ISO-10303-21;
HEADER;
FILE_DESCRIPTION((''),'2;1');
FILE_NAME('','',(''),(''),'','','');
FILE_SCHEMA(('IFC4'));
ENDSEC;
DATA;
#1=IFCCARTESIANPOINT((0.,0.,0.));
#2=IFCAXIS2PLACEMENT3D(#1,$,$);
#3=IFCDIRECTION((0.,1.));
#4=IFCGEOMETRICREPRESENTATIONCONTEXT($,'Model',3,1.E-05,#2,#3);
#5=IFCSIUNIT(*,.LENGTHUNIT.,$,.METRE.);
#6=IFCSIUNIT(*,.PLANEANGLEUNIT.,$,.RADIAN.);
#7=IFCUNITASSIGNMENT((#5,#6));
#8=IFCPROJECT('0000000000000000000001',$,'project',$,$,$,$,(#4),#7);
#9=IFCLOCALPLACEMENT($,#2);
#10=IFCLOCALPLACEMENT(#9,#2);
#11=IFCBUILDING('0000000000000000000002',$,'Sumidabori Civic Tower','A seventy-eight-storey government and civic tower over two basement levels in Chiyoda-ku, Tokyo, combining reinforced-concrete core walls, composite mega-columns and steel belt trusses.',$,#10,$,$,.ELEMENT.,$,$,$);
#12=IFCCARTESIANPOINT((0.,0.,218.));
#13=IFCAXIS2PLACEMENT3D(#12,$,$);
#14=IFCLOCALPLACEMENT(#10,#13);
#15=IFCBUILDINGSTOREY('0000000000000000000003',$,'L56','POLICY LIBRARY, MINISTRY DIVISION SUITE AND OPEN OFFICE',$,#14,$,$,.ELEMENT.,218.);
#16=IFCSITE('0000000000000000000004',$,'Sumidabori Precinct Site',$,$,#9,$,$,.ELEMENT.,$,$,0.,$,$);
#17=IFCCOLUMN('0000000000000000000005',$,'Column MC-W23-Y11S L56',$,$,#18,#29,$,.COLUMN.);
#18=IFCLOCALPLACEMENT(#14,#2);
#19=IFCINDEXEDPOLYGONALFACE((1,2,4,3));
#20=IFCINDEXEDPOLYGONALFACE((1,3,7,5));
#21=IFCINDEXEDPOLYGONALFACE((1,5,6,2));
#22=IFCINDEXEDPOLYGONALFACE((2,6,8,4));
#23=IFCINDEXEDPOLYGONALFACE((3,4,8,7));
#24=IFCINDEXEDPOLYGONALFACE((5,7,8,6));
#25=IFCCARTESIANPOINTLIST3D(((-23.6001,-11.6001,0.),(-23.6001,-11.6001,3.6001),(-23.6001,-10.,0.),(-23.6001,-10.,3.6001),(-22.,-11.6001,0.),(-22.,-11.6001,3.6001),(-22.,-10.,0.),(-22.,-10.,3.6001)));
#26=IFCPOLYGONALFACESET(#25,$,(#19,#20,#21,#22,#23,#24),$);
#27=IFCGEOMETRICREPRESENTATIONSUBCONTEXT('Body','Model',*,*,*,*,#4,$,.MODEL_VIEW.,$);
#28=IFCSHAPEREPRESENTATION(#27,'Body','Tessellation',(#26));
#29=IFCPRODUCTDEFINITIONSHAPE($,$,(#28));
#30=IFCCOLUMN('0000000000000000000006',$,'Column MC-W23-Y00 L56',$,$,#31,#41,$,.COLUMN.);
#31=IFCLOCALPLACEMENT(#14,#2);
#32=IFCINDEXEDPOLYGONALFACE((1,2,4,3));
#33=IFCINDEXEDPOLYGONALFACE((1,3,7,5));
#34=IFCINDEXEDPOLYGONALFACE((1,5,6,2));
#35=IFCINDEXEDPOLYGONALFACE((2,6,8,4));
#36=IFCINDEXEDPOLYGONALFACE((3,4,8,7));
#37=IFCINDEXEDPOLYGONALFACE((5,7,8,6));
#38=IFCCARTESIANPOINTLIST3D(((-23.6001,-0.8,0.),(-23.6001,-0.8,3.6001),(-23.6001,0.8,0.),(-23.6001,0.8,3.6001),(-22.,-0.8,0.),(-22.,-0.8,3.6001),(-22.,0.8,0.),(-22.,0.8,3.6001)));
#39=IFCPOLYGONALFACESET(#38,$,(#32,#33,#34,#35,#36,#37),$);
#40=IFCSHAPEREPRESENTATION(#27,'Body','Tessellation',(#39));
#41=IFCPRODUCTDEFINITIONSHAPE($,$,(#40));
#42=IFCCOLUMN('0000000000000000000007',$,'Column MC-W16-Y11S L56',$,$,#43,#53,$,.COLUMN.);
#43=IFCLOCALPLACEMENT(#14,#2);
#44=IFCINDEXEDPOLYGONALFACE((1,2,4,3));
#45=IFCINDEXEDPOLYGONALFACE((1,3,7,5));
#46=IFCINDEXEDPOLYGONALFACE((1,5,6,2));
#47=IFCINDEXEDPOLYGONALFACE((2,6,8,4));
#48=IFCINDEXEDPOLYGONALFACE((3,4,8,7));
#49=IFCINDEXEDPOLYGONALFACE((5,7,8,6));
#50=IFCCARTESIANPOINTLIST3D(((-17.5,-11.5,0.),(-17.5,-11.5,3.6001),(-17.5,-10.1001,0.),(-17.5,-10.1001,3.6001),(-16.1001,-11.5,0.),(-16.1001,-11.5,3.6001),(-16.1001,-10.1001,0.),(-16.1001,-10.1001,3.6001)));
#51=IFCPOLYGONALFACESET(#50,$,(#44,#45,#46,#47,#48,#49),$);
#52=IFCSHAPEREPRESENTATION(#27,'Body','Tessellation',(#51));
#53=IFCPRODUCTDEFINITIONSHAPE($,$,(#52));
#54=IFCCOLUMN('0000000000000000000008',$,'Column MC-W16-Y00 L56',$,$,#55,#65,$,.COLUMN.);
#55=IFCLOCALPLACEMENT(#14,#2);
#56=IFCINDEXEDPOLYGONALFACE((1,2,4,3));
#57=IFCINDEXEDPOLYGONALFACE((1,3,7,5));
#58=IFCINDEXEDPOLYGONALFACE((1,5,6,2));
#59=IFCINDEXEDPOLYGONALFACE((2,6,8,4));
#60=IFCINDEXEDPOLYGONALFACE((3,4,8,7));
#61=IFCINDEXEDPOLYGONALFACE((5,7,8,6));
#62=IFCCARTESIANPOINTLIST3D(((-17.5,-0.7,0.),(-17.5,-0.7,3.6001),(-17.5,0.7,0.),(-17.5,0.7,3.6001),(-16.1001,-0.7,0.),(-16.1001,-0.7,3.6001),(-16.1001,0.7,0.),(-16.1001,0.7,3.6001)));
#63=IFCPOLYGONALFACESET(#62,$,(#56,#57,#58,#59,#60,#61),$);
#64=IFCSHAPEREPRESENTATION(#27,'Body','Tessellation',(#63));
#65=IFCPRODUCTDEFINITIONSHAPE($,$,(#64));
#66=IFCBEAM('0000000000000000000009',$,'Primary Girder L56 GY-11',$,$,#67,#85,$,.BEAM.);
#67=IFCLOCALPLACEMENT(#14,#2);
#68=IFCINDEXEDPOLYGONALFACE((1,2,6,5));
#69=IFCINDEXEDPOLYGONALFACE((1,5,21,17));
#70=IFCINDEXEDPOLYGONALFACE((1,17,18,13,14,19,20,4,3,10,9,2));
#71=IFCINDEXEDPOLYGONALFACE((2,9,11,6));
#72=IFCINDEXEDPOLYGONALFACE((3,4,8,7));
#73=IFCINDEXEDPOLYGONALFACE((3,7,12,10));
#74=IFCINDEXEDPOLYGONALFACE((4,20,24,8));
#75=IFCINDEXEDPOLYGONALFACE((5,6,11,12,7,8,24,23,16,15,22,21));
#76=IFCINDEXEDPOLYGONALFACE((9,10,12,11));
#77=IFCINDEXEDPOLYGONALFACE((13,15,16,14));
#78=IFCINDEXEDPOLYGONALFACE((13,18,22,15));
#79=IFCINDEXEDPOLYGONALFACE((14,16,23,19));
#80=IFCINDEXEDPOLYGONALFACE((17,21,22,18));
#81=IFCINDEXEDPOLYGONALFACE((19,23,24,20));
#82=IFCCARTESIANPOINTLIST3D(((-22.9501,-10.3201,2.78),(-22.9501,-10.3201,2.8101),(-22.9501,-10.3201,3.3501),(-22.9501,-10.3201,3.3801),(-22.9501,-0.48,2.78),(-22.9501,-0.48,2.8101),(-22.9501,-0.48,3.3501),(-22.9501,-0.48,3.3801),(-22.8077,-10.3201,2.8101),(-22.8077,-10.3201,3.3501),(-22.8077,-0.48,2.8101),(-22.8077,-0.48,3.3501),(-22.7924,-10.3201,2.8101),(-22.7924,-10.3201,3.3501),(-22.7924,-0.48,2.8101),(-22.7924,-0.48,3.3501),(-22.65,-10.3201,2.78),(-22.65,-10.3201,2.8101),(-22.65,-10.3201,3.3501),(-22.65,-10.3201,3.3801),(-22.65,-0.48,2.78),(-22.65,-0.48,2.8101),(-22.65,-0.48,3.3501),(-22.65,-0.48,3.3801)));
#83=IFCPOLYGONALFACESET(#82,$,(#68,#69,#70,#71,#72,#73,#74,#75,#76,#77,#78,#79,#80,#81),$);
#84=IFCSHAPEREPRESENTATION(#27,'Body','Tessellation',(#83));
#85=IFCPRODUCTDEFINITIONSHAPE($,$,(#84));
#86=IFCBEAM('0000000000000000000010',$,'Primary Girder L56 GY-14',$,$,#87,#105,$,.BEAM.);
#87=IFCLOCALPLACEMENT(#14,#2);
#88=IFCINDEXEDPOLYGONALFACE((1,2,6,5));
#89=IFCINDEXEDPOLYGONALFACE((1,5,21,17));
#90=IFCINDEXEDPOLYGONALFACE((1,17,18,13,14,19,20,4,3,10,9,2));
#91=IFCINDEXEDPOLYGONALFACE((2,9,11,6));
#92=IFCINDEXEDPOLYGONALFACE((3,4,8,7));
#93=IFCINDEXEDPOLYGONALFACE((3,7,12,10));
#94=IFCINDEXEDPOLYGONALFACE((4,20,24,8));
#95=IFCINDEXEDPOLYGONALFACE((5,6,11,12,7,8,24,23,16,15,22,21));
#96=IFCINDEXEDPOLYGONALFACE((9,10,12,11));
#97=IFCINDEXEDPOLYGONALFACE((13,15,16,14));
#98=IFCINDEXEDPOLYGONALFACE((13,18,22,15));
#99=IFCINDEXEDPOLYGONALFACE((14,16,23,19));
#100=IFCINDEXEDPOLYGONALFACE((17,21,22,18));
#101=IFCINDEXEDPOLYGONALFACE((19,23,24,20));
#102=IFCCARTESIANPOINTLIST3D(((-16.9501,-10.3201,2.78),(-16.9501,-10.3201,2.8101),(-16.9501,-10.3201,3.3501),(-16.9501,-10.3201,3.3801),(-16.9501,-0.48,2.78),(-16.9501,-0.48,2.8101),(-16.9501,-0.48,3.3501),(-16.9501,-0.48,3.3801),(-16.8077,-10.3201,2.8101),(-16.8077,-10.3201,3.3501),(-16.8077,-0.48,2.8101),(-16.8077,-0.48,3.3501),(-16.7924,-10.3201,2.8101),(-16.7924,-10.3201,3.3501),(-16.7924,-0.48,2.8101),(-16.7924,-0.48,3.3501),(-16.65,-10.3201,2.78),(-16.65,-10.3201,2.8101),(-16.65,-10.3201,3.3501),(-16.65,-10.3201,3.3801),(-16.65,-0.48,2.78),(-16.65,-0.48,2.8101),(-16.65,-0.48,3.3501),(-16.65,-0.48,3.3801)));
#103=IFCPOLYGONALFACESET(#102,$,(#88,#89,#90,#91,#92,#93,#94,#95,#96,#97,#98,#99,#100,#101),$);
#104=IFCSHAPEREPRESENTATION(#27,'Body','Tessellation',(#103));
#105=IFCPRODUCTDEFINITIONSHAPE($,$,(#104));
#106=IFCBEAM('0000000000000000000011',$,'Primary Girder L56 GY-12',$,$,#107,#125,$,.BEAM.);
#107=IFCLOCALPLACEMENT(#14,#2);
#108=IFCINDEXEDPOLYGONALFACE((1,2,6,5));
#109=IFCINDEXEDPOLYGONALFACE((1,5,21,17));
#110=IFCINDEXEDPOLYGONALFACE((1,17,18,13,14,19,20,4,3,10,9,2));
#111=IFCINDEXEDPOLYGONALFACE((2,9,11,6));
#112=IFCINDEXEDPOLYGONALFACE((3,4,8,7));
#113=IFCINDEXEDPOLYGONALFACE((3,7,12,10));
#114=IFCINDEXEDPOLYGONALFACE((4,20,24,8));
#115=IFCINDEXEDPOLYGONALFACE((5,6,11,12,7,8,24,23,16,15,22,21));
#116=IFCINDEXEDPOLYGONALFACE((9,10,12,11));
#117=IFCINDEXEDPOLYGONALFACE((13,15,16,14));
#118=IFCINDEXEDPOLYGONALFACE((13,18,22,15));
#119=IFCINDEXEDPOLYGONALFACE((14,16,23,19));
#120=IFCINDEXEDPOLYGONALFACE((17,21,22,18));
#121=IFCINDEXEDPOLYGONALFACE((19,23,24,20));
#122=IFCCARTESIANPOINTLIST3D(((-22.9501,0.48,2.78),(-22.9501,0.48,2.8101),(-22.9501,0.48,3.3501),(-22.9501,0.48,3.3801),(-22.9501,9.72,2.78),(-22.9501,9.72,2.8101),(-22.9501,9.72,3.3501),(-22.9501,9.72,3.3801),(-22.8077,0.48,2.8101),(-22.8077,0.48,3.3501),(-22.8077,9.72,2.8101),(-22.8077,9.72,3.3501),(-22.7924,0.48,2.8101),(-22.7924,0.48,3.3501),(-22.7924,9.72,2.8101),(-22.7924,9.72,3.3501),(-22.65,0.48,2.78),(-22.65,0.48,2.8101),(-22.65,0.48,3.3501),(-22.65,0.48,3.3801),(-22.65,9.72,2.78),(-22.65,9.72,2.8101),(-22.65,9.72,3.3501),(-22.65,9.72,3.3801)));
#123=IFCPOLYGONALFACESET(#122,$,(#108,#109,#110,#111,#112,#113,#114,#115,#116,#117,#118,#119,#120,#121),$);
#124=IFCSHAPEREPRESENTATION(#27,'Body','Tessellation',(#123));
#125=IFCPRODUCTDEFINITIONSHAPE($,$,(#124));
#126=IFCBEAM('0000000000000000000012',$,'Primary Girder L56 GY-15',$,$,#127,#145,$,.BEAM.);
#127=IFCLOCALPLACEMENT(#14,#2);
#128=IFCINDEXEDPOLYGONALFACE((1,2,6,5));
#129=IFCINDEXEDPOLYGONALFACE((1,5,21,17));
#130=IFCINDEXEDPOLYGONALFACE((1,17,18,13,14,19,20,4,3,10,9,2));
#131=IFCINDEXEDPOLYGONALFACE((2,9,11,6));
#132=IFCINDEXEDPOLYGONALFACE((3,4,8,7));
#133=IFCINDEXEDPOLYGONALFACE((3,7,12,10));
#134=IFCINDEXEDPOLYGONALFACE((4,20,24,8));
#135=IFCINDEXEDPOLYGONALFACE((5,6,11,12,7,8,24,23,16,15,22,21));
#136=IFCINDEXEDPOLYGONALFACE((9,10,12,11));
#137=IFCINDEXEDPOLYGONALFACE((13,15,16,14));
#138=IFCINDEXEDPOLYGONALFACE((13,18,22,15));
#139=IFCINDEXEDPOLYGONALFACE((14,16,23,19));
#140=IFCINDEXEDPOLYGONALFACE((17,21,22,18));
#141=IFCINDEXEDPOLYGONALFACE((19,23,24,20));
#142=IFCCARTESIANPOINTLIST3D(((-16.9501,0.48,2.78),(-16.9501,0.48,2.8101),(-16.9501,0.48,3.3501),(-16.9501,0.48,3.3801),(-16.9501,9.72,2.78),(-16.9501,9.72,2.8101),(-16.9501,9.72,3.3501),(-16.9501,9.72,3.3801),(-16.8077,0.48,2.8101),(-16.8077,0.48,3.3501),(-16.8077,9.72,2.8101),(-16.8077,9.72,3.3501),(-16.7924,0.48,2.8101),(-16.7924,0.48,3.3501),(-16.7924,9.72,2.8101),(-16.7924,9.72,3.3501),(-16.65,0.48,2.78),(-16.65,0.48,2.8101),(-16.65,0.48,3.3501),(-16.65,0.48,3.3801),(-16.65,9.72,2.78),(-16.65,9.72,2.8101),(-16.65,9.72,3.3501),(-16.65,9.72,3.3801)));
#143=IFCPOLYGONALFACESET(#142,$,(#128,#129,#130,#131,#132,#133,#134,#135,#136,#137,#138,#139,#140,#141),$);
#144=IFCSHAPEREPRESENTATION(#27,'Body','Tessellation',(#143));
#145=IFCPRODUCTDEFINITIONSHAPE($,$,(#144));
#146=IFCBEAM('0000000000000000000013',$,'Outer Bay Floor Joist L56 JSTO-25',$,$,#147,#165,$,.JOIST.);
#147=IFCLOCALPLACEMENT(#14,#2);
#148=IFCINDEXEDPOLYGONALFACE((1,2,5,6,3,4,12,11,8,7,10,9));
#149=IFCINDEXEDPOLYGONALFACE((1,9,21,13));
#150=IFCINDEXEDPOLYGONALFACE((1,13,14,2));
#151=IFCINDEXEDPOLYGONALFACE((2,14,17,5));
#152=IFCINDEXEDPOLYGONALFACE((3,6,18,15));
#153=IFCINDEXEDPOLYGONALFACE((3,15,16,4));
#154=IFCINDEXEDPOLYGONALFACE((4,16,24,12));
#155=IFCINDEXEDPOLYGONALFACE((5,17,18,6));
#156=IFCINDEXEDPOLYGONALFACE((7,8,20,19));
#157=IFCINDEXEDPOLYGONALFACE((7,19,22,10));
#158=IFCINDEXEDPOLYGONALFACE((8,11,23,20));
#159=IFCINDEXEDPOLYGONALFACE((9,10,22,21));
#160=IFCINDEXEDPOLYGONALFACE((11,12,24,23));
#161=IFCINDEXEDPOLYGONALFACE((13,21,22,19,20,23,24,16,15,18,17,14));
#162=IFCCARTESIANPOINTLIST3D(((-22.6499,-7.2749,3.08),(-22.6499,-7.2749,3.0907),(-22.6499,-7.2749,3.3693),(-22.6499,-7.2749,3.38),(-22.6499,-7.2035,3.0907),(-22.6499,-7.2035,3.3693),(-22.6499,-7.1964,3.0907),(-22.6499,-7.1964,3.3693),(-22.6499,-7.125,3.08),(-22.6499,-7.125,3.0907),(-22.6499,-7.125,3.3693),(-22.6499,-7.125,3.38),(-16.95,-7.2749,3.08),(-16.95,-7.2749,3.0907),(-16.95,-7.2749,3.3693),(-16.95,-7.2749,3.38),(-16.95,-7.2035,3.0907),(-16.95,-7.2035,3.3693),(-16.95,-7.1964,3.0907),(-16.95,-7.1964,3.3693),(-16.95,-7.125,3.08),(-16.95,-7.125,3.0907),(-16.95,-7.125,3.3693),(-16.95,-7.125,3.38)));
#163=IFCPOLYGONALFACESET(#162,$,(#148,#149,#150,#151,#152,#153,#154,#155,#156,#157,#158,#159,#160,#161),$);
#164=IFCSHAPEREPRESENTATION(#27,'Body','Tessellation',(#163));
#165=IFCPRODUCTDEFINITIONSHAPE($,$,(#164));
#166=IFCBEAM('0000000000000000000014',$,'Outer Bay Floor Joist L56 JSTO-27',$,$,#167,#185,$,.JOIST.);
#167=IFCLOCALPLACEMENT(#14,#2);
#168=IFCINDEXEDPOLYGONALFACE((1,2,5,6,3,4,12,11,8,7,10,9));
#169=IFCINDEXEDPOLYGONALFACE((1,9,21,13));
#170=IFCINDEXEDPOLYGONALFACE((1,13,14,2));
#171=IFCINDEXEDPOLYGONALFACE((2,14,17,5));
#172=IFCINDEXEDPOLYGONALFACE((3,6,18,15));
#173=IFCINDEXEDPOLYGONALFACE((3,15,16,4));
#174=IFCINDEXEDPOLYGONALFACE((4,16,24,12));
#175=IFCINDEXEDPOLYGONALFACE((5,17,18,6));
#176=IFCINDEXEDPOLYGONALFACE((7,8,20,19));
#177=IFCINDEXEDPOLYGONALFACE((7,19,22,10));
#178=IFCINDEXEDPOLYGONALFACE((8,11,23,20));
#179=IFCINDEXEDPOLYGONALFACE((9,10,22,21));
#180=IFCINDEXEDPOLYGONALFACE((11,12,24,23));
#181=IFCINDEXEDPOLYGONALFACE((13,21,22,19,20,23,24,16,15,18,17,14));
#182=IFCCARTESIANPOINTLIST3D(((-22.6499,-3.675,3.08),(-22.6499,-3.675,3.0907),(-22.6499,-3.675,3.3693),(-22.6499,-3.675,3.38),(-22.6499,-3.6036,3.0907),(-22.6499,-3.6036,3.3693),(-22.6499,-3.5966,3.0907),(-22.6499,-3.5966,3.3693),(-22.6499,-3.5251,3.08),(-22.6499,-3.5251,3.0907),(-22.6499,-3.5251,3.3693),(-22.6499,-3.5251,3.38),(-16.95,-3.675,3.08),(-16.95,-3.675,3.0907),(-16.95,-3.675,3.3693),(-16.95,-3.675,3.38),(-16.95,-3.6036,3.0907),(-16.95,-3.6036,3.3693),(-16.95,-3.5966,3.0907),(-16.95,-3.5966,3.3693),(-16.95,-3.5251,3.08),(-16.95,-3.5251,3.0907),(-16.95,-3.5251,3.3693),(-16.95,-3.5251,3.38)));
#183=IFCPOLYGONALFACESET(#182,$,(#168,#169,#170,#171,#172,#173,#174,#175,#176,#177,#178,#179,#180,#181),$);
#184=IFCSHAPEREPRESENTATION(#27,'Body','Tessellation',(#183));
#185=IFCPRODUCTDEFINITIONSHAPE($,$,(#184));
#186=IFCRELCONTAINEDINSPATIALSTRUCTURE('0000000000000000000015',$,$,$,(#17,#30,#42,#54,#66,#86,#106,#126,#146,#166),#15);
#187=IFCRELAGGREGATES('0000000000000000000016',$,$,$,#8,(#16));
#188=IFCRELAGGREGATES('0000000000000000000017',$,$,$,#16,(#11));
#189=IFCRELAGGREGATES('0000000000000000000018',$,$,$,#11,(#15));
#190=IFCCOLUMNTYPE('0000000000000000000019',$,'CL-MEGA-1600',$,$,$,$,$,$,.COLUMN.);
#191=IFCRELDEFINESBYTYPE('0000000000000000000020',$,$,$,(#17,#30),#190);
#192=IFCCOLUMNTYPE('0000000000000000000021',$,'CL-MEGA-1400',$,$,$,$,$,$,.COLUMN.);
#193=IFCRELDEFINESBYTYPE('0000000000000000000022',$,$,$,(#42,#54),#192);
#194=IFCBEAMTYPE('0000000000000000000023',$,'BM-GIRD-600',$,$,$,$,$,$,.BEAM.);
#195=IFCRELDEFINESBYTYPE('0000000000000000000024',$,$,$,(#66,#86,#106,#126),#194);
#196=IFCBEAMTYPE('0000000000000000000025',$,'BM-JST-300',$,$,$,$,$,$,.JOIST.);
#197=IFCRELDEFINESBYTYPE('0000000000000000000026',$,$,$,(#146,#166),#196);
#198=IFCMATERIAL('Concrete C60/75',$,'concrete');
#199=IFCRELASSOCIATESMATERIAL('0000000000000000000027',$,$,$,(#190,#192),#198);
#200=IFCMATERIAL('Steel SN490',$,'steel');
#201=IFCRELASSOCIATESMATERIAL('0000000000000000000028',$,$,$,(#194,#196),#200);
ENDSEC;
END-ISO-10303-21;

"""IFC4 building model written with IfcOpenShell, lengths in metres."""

from ifc_helpers import new_model, si_unit, direction, frame, origin, origin_2d, place, context, subcontext, project, spatial, rectangle, i_section, extrude, source, transform, mapped, material, material_profile, profile_set, type_object, element, save


model = new_model("IFC4")

# Units and contexts
model_context = context("Model", 3, precision=1e-05, world=origin(), true_north=direction((0.0, 1.0)))
body_context = subcontext(model_context, "Body", "Model", "MODEL_VIEW")
ifc_project = project(units=[si_unit("LENGTHUNIT", "METRE"), si_unit("PLANEANGLEUNIT", "RADIAN")], contexts=[model_context])

# Site, building, storey
site_placement = place(None, origin())
site = spatial("IfcSite", under=ifc_project, at=site_placement, Name="Sumidabori Precinct Site", CompositionType="ELEMENT", RefElevation=0.0)
building_placement = place(site_placement, origin())
building = spatial("IfcBuilding", under=site, at=building_placement, Name="Sumidabori Civic Tower", Description="A seventy-eight-storey government and civic tower over two basement levels in Chiyoda-ku, Tokyo, combining reinforced-concrete core walls, composite mega-columns and steel belt trusses.", CompositionType="ELEMENT")
storey_placement = place(building_placement, frame((0.0, 0.0, 218.0)))
storey = spatial("IfcBuildingStorey", under=building, at=storey_placement, Name="L56", Description="POLICY LIBRARY, MINISTRY DIVISION SUITE AND OPEN OFFICE", CompositionType="ELEMENT", Elevation=218.0)

# Columns
ifc_material_1 = material(Name="Concrete C60/75", Category="concrete")
ifc_material_profile_1 = material_profile(ifc_material_1, rectangle(XDim=1.6001, YDim=1.6001, at=origin_2d()), Name="RC 1600x1600")
ifc_profile_set_1 = profile_set([ifc_material_profile_1], Name="Concrete C60/75")
column_type_1 = type_object("IfcColumnType", Name="CL-MEGA-1600", PredefinedType="COLUMN", material=ifc_profile_set_1)
shared_shape_1 = source(origin(), body_context, "Body", "SweptSolid", [
    extrude(rectangle(XDim=1.6001, YDim=1.6001, at=origin_2d()), origin(), (0.0, 0.0, 1.0), 3.6001),
])
for number, where, z_axis, x_axis, name in (
    (1, (-22.8, -10.8, 0.0), (0.0, 0.0, 1.0), (1.0, 0.0, 0.0), "Column MC-W23-Y11S L56"),
    (2, (-22.8, 0.0, 0.0), (0.0, 0.0, 1.0), (1.0, 0.0, 0.0), "Column MC-W23-Y00 L56"),
):
    element("IfcColumn", number, at=place(storey_placement, frame(where, z_axis=z_axis, x_axis=x_axis)), inside=storey, type_object=column_type_1, Name=name, PredefinedType="COLUMN", context=body_context, shape_type="MappedRepresentation", body=[
        mapped(shared_shape_1, transform((0.0, 0.0, 0.0), x_axis=(1.0, 0.0, 0.0), y_axis=(0.0, 1.0, 0.0), z_axis=(0.0, 0.0, 1.0), scale=1.0)),
    ])
ifc_material_profile_2 = material_profile(ifc_material_1, rectangle(XDim=1.3999, YDim=1.3999, at=origin_2d()), Name="RC 1400x1400")
ifc_profile_set_2 = profile_set([ifc_material_profile_2], Name="Concrete C60/75")
column_type_2 = type_object("IfcColumnType", Name="CL-MEGA-1400", PredefinedType="COLUMN", material=ifc_profile_set_2)
shared_shape_2 = source(origin(), body_context, "Body", "SweptSolid", [
    extrude(rectangle(XDim=1.3999, YDim=1.3999, at=origin_2d()), origin(), (0.0, 0.0, 1.0), 3.6001),
])
for number, where, z_axis, x_axis, name in (
    (3, (-16.8, -10.8, 0.0), (0.0, 0.0, 1.0), (1.0, 0.0, 0.0), "Column MC-W16-Y11S L56"),
    (4, (-16.8, 0.0, 0.0), (0.0, 0.0, 1.0), (1.0, 0.0, 0.0), "Column MC-W16-Y00 L56"),
):
    element("IfcColumn", number, at=place(storey_placement, frame(where, z_axis=z_axis, x_axis=x_axis)), inside=storey, type_object=column_type_2, Name=name, PredefinedType="COLUMN", context=body_context, shape_type="MappedRepresentation", body=[
        mapped(shared_shape_2, transform((0.0, 0.0, 0.0), x_axis=(1.0, 0.0, 0.0), y_axis=(0.0, 1.0, 0.0), z_axis=(0.0, 0.0, 1.0), scale=1.0)),
    ])

# Beams
ifc_material_2 = material(Name="Steel SN490", Category="steel")
ifc_material_profile_3 = material_profile(ifc_material_2, i_section(OverallWidth=0.3, OverallDepth=0.6001, WebThickness=0.0154, FlangeThickness=0.03, at=origin_2d()), Name="HE 600 B")
ifc_profile_set_3 = profile_set([ifc_material_profile_3], Name="Steel SN490")
beam_type_1 = type_object("IfcBeamType", Name="BM-GIRD-600", PredefinedType="BEAM", material=ifc_profile_set_3)
shared_shape_3 = source(origin(), body_context, "Body", "SweptSolid", [
    extrude(i_section(OverallWidth=0.3, OverallDepth=0.6001, WebThickness=0.0154, FlangeThickness=0.03, at=origin_2d()), origin(), (0.0, 0.0, 1.0), 9.8401),
])
for number, where, z_axis, x_axis, name in (
    (5, (-22.8, -10.3201, 3.0801), (0.0, 1.0, 0.0), (-1.0, 0.0, 0.0), "Primary Girder L56 GY-11"),
    (6, (-16.8, -10.3201, 3.0801), (0.0, 1.0, 0.0), (-1.0, 0.0, 0.0), "Primary Girder L56 GY-14"),
):
    element("IfcBeam", number, at=place(storey_placement, frame(where, z_axis=z_axis, x_axis=x_axis)), inside=storey, type_object=beam_type_1, Name=name, PredefinedType="BEAM", context=body_context, shape_type="MappedRepresentation", body=[
        mapped(shared_shape_3, transform((0.0, 0.0, 0.0), x_axis=(1.0, 0.0, 0.0), y_axis=(0.0, 1.0, 0.0), z_axis=(0.0, 0.0, 1.0), scale=1.0)),
    ])
shared_shape_4 = source(origin(), body_context, "Body", "SweptSolid", [
    extrude(i_section(OverallWidth=0.3, OverallDepth=0.6001, WebThickness=0.0154, FlangeThickness=0.03, at=origin_2d()), origin(), (0.0, 0.0, 1.0), 9.24),
])
for number, where, z_axis, x_axis, name in (
    (7, (-22.8, 0.48, 3.0801), (0.0, 1.0, 0.0), (-1.0, 0.0, 0.0), "Primary Girder L56 GY-12"),
    (8, (-16.8, 0.48, 3.0801), (0.0, 1.0, 0.0), (-1.0, 0.0, 0.0), "Primary Girder L56 GY-15"),
):
    element("IfcBeam", number, at=place(storey_placement, frame(where, z_axis=z_axis, x_axis=x_axis)), inside=storey, type_object=beam_type_1, Name=name, PredefinedType="BEAM", context=body_context, shape_type="MappedRepresentation", body=[
        mapped(shared_shape_4, transform((0.0, 0.0, 0.0), x_axis=(1.0, 0.0, 0.0), y_axis=(0.0, 1.0, 0.0), z_axis=(0.0, 0.0, 1.0), scale=1.0)),
    ])
ifc_material_profile_4 = material_profile(ifc_material_2, i_section(OverallWidth=0.1499, OverallDepth=0.3, WebThickness=0.0071, FlangeThickness=0.0107, at=origin_2d()), Name="IPE 300")
ifc_profile_set_4 = profile_set([ifc_material_profile_4], Name="Steel SN490")
beam_type_2 = type_object("IfcBeamType", Name="BM-JST-300", PredefinedType="JOIST", material=ifc_profile_set_4)
shared_shape_5 = source(origin(), body_context, "Body", "SweptSolid", [
    extrude(i_section(OverallWidth=0.1499, OverallDepth=0.3, WebThickness=0.0071, FlangeThickness=0.0107, at=origin_2d()), origin(), (0.0, 0.0, 1.0), 5.7),
])
for number, where, z_axis, x_axis, name in (
    (9, (-22.6499, -7.2, 3.23), (1.0, 0.0, 0.0), (0.0, 1.0, 0.0), "Outer Bay Floor Joist L56 JSTO-25"),
    (10, (-22.6499, -3.6001, 3.23), (1.0, 0.0, 0.0), (0.0, 1.0, 0.0), "Outer Bay Floor Joist L56 JSTO-27"),
):
    element("IfcBeam", number, at=place(storey_placement, frame(where, z_axis=z_axis, x_axis=x_axis)), inside=storey, type_object=beam_type_2, Name=name, PredefinedType="JOIST", context=body_context, shape_type="MappedRepresentation", body=[
        mapped(shared_shape_5, transform((0.0, 0.0, 0.0), x_axis=(1.0, 0.0, 0.0), y_axis=(0.0, 1.0, 0.0), z_axis=(0.0, 0.0, 1.0), scale=1.0)),
    ])

save(model, "model.ifc")
